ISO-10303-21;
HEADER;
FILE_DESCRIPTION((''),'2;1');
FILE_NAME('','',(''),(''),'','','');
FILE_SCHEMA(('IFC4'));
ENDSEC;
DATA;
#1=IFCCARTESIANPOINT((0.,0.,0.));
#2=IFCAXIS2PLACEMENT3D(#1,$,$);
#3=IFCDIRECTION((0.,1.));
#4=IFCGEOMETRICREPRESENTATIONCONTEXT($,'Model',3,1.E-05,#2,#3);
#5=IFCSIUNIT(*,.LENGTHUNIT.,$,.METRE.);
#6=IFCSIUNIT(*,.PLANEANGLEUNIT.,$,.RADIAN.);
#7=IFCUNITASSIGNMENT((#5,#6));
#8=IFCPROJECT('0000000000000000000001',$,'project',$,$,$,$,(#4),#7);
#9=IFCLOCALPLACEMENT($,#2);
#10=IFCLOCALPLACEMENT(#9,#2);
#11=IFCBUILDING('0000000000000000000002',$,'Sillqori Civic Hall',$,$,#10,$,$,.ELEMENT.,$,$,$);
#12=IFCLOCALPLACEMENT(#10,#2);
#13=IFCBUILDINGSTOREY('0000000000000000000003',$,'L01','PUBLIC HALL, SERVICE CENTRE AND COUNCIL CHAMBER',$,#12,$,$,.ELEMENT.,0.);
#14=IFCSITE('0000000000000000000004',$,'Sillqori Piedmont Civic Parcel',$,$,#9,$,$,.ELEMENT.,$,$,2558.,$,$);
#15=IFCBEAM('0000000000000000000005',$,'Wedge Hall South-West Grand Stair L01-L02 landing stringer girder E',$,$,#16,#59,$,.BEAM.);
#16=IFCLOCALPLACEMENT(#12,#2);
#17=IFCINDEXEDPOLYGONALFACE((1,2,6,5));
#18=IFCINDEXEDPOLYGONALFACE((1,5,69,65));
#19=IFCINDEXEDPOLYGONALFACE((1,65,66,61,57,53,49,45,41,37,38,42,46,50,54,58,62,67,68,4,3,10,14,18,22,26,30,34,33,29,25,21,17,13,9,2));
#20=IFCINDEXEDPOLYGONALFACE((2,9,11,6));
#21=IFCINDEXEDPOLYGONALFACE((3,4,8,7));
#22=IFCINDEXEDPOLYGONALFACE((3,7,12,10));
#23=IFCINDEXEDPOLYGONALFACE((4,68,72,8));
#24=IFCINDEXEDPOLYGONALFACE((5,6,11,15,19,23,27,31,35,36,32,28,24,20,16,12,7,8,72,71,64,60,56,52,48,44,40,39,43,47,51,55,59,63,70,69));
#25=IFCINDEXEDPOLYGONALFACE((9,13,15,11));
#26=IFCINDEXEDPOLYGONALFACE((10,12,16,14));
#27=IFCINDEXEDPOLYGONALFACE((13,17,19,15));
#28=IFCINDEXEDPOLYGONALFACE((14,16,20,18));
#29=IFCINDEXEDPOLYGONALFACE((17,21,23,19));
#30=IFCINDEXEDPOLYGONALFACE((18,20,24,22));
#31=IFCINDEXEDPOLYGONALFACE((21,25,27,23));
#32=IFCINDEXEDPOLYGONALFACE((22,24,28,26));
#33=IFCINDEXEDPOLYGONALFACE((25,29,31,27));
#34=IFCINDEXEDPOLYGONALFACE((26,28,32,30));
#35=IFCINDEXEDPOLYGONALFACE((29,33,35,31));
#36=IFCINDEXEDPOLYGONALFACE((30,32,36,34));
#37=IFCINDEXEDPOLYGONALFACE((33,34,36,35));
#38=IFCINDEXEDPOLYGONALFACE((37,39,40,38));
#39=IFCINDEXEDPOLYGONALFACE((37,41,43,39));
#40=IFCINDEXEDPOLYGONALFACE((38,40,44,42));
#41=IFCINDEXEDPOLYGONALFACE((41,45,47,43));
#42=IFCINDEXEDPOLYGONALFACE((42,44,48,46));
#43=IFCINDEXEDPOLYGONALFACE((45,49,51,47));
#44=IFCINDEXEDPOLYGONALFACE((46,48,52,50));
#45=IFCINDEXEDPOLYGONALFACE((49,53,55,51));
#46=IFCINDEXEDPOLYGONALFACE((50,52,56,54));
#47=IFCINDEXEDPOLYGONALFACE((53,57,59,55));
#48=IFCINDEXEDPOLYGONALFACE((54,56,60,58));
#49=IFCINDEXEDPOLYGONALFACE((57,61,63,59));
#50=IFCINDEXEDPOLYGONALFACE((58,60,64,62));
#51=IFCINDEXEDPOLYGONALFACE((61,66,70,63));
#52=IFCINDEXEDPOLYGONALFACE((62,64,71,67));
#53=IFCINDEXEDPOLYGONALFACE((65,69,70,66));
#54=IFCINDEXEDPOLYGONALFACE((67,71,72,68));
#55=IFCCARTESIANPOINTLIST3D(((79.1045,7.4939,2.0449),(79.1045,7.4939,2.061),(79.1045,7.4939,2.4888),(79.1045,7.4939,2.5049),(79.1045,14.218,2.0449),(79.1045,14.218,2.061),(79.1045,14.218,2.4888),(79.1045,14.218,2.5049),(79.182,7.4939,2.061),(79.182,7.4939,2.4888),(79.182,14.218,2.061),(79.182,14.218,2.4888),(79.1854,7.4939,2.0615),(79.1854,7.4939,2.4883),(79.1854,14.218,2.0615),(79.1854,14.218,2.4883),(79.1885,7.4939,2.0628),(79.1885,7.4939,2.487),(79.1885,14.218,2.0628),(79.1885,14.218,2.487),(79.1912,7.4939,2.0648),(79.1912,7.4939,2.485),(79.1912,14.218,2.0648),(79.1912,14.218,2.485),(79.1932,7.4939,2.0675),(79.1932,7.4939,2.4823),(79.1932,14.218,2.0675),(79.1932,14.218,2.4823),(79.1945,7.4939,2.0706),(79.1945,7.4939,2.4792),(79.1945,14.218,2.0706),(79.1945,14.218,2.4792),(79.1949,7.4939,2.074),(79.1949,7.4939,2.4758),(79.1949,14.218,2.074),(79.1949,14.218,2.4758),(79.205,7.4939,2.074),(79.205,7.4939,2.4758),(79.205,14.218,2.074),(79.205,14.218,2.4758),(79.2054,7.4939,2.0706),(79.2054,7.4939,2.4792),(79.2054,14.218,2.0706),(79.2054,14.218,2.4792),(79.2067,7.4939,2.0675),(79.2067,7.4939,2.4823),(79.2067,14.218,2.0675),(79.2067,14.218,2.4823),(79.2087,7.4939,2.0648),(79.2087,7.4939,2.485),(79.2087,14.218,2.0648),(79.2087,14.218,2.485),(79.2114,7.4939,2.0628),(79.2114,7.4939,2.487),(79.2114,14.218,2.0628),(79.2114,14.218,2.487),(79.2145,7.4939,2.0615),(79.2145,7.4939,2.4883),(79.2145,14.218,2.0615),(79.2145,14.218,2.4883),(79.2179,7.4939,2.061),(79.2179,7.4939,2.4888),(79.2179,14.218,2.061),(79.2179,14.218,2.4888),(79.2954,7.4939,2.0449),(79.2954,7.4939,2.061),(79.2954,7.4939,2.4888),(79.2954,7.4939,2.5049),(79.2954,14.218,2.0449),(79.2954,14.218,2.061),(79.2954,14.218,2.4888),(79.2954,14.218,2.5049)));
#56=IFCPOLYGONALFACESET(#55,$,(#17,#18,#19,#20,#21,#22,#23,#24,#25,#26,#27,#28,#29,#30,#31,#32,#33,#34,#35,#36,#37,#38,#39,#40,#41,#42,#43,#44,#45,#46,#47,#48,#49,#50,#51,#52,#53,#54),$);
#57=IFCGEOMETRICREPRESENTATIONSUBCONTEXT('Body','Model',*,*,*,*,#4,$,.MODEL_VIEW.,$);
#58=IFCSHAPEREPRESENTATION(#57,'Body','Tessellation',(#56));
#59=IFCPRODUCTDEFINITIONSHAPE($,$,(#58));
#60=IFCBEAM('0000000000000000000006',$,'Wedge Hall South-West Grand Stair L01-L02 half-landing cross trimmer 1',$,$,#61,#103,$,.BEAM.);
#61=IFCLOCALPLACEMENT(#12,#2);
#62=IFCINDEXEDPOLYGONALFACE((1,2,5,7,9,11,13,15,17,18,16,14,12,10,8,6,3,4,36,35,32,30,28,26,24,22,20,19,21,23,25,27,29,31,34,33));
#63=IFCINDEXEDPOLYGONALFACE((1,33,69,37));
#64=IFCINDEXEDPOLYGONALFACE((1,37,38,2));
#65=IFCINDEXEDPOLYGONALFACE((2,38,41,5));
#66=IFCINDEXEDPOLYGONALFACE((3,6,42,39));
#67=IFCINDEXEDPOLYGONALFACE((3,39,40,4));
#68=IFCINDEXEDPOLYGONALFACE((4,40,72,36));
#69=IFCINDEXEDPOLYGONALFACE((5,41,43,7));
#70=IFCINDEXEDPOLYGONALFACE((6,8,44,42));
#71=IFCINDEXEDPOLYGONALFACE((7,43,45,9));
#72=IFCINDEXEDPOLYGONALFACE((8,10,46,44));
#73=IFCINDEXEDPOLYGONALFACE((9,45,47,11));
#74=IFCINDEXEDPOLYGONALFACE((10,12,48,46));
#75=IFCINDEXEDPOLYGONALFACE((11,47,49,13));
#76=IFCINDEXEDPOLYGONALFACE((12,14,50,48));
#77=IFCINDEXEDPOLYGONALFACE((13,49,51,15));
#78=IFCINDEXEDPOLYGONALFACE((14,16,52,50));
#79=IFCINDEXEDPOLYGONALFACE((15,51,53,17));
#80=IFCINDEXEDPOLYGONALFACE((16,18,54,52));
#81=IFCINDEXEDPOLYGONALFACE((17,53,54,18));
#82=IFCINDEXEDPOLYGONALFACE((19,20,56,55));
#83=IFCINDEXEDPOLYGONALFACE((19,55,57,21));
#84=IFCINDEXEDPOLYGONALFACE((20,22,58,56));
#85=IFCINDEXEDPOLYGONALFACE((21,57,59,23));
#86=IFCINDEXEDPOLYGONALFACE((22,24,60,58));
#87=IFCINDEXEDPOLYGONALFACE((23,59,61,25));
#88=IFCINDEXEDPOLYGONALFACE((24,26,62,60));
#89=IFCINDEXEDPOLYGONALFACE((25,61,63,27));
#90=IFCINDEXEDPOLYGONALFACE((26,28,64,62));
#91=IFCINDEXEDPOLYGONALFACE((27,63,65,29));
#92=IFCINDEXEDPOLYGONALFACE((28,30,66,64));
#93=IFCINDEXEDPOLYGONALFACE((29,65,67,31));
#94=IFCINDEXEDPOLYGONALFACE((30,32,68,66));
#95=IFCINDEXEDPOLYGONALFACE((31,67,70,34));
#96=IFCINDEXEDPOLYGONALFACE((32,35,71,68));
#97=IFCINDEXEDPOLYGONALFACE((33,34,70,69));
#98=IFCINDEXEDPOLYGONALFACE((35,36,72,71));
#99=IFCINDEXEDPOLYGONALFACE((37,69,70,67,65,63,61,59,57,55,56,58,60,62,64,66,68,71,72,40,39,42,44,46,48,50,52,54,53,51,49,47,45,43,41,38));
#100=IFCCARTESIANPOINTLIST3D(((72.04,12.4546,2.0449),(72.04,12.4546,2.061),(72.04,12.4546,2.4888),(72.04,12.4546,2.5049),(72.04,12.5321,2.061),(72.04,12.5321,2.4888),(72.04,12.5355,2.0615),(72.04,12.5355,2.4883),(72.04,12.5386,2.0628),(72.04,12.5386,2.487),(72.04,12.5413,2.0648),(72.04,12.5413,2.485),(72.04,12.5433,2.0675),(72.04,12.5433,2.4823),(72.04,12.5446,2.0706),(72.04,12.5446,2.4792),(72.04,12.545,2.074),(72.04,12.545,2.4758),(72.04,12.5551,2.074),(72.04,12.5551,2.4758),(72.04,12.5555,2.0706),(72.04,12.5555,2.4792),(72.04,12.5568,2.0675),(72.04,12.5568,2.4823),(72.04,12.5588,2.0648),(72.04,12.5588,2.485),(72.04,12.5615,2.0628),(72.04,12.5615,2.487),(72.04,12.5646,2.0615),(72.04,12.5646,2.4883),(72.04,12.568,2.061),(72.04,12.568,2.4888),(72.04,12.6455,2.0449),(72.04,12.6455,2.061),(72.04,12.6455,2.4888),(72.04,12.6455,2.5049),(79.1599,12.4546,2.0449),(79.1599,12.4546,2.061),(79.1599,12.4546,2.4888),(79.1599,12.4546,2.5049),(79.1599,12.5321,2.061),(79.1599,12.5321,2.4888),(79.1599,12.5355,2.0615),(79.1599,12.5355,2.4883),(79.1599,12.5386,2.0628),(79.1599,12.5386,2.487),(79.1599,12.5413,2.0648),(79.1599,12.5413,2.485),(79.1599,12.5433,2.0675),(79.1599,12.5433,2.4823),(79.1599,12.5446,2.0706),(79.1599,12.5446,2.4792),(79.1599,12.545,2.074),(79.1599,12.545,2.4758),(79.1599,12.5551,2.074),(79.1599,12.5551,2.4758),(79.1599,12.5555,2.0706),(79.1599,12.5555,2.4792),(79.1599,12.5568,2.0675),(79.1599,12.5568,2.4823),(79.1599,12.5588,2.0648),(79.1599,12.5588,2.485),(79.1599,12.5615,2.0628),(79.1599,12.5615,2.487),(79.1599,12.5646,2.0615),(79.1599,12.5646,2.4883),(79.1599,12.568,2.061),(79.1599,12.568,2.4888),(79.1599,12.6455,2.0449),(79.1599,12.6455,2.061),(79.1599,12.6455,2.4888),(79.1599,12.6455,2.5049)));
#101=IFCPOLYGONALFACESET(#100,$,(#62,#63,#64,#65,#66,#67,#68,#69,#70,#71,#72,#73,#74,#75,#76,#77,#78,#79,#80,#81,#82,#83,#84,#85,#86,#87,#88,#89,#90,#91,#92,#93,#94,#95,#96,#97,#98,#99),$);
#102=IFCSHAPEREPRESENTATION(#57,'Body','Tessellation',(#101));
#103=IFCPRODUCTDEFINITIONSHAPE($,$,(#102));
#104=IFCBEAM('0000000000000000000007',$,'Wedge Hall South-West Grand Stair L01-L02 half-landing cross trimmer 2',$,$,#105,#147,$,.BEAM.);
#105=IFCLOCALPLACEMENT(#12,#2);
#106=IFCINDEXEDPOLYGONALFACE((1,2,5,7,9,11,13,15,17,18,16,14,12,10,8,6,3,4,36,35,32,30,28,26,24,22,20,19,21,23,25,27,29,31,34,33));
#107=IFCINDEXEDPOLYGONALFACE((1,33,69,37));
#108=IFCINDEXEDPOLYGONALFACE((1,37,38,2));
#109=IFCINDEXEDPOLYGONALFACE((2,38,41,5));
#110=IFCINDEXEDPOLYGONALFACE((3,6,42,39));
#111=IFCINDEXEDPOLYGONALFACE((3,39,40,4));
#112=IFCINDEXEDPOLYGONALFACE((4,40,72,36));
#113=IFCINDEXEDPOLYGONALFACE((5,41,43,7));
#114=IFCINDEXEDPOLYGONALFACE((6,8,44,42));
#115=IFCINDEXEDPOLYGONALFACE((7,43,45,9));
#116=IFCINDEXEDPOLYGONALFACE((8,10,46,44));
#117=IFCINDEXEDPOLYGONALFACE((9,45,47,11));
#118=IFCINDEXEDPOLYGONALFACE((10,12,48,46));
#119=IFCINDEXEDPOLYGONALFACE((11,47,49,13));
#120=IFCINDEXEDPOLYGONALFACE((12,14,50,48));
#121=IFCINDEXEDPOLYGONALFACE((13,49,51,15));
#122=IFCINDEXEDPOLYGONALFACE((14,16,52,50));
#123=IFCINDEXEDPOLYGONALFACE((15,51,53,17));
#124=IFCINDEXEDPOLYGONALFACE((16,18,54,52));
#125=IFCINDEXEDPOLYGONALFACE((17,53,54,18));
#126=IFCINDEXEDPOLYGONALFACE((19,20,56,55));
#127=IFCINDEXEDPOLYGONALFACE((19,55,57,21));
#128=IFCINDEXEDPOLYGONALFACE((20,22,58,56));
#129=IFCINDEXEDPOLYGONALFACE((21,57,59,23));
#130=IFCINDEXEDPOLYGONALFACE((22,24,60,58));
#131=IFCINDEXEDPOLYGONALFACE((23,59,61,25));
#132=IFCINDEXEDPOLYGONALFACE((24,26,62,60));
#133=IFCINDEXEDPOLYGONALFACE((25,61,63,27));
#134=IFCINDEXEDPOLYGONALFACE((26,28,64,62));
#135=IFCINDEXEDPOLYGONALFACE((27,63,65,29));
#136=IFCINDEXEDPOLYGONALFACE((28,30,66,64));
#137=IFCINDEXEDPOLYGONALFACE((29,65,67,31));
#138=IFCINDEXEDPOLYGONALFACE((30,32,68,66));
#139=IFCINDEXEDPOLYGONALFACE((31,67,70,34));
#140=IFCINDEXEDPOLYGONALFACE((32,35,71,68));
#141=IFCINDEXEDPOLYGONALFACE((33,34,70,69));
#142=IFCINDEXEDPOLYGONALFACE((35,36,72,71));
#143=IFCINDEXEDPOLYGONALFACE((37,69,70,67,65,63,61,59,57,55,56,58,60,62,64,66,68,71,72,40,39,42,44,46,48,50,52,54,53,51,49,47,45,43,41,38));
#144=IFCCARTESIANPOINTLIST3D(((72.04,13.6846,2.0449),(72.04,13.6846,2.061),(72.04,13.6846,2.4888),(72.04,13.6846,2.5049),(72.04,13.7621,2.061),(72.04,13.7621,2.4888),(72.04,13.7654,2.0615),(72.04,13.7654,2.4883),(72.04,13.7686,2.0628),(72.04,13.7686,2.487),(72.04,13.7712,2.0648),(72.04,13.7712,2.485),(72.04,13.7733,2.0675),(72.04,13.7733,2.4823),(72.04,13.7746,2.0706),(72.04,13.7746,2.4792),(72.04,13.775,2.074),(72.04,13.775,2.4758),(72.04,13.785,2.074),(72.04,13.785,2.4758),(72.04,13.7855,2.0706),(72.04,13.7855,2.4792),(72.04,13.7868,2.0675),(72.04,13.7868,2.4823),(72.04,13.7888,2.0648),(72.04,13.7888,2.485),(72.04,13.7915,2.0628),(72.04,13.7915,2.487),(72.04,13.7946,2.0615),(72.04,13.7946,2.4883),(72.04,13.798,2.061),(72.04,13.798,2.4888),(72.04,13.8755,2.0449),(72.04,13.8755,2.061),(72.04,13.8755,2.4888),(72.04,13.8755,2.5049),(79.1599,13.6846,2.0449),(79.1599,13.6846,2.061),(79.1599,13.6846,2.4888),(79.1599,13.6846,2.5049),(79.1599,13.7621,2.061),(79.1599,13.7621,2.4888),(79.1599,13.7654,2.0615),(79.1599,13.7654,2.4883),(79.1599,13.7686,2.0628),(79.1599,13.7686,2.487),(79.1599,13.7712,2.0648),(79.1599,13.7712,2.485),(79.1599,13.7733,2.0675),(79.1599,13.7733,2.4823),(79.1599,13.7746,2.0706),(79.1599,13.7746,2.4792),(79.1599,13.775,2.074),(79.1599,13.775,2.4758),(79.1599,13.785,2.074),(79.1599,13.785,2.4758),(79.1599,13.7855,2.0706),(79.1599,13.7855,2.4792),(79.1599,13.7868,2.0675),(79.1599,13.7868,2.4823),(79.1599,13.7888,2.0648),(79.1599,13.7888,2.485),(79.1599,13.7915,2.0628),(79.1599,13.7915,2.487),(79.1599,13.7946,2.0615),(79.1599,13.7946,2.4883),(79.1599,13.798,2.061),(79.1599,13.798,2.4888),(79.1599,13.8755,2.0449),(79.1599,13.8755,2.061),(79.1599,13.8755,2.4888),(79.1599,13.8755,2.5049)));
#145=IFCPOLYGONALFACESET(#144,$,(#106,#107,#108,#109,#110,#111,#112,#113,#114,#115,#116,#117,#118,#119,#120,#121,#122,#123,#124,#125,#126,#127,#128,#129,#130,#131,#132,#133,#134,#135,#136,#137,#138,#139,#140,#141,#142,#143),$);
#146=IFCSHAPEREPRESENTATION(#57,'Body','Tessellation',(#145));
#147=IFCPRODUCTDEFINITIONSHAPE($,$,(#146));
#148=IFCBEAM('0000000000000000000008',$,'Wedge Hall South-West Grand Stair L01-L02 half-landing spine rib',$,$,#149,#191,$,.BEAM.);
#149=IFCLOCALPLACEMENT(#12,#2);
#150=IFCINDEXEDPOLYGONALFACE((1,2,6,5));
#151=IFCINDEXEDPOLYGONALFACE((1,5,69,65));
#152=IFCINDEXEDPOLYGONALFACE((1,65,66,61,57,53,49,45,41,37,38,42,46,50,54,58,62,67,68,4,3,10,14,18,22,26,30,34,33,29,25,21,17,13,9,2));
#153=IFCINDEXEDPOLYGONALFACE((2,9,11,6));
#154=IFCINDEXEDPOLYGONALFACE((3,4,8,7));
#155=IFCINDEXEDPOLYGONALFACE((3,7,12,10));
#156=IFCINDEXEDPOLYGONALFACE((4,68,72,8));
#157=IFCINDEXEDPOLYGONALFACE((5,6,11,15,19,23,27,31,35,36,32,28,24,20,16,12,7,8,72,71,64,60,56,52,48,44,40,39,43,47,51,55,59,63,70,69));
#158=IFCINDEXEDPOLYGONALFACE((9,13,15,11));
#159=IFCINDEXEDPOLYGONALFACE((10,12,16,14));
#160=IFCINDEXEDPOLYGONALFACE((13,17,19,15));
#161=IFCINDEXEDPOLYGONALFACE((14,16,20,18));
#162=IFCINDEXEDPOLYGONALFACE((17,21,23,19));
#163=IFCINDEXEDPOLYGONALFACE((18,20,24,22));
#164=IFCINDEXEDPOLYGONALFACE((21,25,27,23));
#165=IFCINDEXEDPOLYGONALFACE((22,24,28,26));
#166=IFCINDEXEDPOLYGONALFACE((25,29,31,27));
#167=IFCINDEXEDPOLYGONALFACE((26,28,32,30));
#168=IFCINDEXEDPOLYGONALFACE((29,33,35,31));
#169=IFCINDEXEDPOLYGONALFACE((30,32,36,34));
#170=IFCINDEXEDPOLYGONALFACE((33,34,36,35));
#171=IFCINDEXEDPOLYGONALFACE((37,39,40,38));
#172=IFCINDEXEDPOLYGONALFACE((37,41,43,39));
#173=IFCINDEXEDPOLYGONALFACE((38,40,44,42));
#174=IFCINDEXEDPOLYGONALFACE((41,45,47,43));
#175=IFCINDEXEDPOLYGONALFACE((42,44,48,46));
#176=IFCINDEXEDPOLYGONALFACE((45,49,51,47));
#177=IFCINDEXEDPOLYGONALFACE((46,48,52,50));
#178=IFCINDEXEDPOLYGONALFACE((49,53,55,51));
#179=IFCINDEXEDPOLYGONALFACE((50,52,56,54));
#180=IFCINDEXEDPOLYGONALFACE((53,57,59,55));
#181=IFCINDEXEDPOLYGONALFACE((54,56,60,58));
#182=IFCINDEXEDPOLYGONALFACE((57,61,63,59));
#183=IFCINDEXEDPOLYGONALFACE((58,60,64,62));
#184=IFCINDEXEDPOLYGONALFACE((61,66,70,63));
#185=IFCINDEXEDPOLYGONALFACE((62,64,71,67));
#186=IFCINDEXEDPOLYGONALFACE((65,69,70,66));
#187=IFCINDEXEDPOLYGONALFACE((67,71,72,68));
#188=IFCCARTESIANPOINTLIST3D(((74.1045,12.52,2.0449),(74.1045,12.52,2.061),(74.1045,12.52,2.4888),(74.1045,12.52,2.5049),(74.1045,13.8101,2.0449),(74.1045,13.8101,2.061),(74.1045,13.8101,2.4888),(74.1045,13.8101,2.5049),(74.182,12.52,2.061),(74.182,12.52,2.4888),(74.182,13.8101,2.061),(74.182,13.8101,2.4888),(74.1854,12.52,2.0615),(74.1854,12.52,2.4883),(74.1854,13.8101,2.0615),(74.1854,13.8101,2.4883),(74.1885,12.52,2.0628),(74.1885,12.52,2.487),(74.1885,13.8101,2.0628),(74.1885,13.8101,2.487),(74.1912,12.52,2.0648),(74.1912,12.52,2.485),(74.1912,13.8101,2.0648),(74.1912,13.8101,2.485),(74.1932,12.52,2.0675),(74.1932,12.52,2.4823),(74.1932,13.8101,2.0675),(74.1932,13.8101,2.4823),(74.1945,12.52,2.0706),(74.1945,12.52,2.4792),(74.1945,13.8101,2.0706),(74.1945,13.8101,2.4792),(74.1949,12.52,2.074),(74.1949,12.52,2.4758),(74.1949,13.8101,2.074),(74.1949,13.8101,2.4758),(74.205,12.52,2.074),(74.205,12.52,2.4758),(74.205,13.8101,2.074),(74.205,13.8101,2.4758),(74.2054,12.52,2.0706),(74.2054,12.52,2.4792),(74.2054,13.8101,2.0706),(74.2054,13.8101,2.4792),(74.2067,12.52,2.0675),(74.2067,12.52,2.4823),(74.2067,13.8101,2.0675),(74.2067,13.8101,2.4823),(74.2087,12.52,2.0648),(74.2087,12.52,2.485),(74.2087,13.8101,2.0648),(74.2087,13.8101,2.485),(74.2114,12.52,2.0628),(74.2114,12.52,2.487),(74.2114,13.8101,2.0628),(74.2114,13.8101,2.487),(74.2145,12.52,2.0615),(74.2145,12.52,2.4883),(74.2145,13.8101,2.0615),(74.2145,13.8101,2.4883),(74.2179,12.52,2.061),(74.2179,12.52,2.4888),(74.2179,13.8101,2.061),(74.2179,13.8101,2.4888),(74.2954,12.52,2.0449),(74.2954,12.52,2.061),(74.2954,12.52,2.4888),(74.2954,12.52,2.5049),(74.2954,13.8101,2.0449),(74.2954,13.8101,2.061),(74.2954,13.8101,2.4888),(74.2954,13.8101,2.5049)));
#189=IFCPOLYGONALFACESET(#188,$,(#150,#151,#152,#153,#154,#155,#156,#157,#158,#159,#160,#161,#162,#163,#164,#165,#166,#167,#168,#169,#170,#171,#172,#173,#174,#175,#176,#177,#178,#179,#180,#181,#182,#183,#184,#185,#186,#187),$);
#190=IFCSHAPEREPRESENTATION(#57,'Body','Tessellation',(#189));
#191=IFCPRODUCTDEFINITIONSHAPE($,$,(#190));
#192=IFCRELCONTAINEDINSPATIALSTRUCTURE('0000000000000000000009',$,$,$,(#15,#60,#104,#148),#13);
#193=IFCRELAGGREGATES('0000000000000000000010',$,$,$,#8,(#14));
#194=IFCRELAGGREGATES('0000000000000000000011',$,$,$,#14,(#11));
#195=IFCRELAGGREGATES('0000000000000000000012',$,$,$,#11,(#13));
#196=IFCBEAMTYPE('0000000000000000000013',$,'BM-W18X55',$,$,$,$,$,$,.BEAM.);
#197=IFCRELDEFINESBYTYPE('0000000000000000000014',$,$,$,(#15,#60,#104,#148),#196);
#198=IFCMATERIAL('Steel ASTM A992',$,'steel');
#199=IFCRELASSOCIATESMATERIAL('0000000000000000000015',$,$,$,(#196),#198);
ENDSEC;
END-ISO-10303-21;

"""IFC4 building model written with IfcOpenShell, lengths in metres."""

from ifc_helpers import new_model, si_unit, direction, frame, origin, origin_2d, place, context, subcontext, project, spatial, i_section, extrude, material, material_profile, profile_set, type_object, element, save


model = new_model("IFC4")

# Units and contexts
model_context = context("Model", 3, precision=1e-05, world=origin(), true_north=direction((0.0, 1.0)))
body_context = subcontext(model_context, "Body", "Model", "MODEL_VIEW")
ifc_project = project(units=[si_unit("LENGTHUNIT", "METRE"), si_unit("PLANEANGLEUNIT", "RADIAN")], contexts=[model_context])

# Site, building, storey
site_placement = place(None, origin())
site = spatial("IfcSite", under=ifc_project, at=site_placement, Name="Sillqori Piedmont Civic Parcel", CompositionType="ELEMENT", RefElevation=2558.0)
building_placement = place(site_placement, origin())
building = spatial("IfcBuilding", under=site, at=building_placement, Name="Sillqori Civic Hall", CompositionType="ELEMENT")
storey_placement = place(building_placement, origin())
storey = spatial("IfcBuildingStorey", under=building, at=storey_placement, Name="L01", Description="PUBLIC HALL, SERVICE CENTRE AND COUNCIL CHAMBER", CompositionType="ELEMENT", Elevation=0.0)

# Shared definitions
ifc_material_1 = material(Name="Steel ASTM A992", Category="steel")

# Beams
ifc_material_profile_1 = material_profile(ifc_material_1, i_section(OverallWidth=0.1909, OverallDepth=0.46, WebThickness=0.01, FlangeThickness=0.0161, FilletRadius=0.0129, at=origin_2d()), Name="W18X55")
ifc_profile_set_1 = profile_set([ifc_material_profile_1], Name="Steel ASTM A992")
beam_type_1 = type_object("IfcBeamType", Name="BM-W18X55", PredefinedType="BEAM", material=ifc_profile_set_1)
for number, where, z_axis, x_axis, name in (
    (1, (79.2, 7.4939, 2.2749), (0.0, 1.0, 0.0), (-1.0, 0.0, 0.0), "Wedge Hall South-West Grand Stair L01-L02 landing stringer girder E"),
):
    element("IfcBeam", number, at=place(storey_placement, frame(where, z_axis=z_axis, x_axis=x_axis)), inside=storey, type_object=beam_type_1, Name=name, PredefinedType="BEAM", context=body_context, shape_type="SweptSolid", body=[
        extrude(i_section(OverallWidth=0.1909, OverallDepth=0.46, WebThickness=0.01, FlangeThickness=0.0161, FilletRadius=0.0129, at=origin_2d()), origin(), (0.0, 0.0, 1.0), 6.7241),
    ])
for number, where, z_axis, x_axis, name in (
    (2, (72.04, 12.55, 2.2749), (1.0, 0.0, 0.0), (0.0, 1.0, 0.0), "Wedge Hall South-West Grand Stair L01-L02 half-landing cross trimmer 1"),
    (3, (72.04, 13.78, 2.2749), (1.0, 0.0, 0.0), (0.0, 1.0, 0.0), "Wedge Hall South-West Grand Stair L01-L02 half-landing cross trimmer 2"),
):
    element("IfcBeam", number, at=place(storey_placement, frame(where, z_axis=z_axis, x_axis=x_axis)), inside=storey, type_object=beam_type_1, Name=name, PredefinedType="BEAM", context=body_context, shape_type="SweptSolid", body=[
        extrude(i_section(OverallWidth=0.1909, OverallDepth=0.46, WebThickness=0.01, FlangeThickness=0.0161, FilletRadius=0.0129, at=origin_2d()), origin(), (0.0, 0.0, 1.0), 7.1199),
    ])
beam_1_placement = place(storey_placement, frame((74.2, 12.52, 2.2749), z_axis=(0.0, 1.0, 0.0), x_axis=(-1.0, 0.0, 0.0)))
element("IfcBeam", 4, at=beam_1_placement, inside=storey, type_object=beam_type_1, Name="Wedge Hall South-West Grand Stair L01-L02 half-landing spine rib", PredefinedType="BEAM", context=body_context, shape_type="SweptSolid", body=[
    extrude(i_section(OverallWidth=0.1909, OverallDepth=0.46, WebThickness=0.01, FlangeThickness=0.0161, FilletRadius=0.0129, at=origin_2d()), origin(), (0.0, 0.0, 1.0), 1.29),
])

save(model, "model.ifc")
